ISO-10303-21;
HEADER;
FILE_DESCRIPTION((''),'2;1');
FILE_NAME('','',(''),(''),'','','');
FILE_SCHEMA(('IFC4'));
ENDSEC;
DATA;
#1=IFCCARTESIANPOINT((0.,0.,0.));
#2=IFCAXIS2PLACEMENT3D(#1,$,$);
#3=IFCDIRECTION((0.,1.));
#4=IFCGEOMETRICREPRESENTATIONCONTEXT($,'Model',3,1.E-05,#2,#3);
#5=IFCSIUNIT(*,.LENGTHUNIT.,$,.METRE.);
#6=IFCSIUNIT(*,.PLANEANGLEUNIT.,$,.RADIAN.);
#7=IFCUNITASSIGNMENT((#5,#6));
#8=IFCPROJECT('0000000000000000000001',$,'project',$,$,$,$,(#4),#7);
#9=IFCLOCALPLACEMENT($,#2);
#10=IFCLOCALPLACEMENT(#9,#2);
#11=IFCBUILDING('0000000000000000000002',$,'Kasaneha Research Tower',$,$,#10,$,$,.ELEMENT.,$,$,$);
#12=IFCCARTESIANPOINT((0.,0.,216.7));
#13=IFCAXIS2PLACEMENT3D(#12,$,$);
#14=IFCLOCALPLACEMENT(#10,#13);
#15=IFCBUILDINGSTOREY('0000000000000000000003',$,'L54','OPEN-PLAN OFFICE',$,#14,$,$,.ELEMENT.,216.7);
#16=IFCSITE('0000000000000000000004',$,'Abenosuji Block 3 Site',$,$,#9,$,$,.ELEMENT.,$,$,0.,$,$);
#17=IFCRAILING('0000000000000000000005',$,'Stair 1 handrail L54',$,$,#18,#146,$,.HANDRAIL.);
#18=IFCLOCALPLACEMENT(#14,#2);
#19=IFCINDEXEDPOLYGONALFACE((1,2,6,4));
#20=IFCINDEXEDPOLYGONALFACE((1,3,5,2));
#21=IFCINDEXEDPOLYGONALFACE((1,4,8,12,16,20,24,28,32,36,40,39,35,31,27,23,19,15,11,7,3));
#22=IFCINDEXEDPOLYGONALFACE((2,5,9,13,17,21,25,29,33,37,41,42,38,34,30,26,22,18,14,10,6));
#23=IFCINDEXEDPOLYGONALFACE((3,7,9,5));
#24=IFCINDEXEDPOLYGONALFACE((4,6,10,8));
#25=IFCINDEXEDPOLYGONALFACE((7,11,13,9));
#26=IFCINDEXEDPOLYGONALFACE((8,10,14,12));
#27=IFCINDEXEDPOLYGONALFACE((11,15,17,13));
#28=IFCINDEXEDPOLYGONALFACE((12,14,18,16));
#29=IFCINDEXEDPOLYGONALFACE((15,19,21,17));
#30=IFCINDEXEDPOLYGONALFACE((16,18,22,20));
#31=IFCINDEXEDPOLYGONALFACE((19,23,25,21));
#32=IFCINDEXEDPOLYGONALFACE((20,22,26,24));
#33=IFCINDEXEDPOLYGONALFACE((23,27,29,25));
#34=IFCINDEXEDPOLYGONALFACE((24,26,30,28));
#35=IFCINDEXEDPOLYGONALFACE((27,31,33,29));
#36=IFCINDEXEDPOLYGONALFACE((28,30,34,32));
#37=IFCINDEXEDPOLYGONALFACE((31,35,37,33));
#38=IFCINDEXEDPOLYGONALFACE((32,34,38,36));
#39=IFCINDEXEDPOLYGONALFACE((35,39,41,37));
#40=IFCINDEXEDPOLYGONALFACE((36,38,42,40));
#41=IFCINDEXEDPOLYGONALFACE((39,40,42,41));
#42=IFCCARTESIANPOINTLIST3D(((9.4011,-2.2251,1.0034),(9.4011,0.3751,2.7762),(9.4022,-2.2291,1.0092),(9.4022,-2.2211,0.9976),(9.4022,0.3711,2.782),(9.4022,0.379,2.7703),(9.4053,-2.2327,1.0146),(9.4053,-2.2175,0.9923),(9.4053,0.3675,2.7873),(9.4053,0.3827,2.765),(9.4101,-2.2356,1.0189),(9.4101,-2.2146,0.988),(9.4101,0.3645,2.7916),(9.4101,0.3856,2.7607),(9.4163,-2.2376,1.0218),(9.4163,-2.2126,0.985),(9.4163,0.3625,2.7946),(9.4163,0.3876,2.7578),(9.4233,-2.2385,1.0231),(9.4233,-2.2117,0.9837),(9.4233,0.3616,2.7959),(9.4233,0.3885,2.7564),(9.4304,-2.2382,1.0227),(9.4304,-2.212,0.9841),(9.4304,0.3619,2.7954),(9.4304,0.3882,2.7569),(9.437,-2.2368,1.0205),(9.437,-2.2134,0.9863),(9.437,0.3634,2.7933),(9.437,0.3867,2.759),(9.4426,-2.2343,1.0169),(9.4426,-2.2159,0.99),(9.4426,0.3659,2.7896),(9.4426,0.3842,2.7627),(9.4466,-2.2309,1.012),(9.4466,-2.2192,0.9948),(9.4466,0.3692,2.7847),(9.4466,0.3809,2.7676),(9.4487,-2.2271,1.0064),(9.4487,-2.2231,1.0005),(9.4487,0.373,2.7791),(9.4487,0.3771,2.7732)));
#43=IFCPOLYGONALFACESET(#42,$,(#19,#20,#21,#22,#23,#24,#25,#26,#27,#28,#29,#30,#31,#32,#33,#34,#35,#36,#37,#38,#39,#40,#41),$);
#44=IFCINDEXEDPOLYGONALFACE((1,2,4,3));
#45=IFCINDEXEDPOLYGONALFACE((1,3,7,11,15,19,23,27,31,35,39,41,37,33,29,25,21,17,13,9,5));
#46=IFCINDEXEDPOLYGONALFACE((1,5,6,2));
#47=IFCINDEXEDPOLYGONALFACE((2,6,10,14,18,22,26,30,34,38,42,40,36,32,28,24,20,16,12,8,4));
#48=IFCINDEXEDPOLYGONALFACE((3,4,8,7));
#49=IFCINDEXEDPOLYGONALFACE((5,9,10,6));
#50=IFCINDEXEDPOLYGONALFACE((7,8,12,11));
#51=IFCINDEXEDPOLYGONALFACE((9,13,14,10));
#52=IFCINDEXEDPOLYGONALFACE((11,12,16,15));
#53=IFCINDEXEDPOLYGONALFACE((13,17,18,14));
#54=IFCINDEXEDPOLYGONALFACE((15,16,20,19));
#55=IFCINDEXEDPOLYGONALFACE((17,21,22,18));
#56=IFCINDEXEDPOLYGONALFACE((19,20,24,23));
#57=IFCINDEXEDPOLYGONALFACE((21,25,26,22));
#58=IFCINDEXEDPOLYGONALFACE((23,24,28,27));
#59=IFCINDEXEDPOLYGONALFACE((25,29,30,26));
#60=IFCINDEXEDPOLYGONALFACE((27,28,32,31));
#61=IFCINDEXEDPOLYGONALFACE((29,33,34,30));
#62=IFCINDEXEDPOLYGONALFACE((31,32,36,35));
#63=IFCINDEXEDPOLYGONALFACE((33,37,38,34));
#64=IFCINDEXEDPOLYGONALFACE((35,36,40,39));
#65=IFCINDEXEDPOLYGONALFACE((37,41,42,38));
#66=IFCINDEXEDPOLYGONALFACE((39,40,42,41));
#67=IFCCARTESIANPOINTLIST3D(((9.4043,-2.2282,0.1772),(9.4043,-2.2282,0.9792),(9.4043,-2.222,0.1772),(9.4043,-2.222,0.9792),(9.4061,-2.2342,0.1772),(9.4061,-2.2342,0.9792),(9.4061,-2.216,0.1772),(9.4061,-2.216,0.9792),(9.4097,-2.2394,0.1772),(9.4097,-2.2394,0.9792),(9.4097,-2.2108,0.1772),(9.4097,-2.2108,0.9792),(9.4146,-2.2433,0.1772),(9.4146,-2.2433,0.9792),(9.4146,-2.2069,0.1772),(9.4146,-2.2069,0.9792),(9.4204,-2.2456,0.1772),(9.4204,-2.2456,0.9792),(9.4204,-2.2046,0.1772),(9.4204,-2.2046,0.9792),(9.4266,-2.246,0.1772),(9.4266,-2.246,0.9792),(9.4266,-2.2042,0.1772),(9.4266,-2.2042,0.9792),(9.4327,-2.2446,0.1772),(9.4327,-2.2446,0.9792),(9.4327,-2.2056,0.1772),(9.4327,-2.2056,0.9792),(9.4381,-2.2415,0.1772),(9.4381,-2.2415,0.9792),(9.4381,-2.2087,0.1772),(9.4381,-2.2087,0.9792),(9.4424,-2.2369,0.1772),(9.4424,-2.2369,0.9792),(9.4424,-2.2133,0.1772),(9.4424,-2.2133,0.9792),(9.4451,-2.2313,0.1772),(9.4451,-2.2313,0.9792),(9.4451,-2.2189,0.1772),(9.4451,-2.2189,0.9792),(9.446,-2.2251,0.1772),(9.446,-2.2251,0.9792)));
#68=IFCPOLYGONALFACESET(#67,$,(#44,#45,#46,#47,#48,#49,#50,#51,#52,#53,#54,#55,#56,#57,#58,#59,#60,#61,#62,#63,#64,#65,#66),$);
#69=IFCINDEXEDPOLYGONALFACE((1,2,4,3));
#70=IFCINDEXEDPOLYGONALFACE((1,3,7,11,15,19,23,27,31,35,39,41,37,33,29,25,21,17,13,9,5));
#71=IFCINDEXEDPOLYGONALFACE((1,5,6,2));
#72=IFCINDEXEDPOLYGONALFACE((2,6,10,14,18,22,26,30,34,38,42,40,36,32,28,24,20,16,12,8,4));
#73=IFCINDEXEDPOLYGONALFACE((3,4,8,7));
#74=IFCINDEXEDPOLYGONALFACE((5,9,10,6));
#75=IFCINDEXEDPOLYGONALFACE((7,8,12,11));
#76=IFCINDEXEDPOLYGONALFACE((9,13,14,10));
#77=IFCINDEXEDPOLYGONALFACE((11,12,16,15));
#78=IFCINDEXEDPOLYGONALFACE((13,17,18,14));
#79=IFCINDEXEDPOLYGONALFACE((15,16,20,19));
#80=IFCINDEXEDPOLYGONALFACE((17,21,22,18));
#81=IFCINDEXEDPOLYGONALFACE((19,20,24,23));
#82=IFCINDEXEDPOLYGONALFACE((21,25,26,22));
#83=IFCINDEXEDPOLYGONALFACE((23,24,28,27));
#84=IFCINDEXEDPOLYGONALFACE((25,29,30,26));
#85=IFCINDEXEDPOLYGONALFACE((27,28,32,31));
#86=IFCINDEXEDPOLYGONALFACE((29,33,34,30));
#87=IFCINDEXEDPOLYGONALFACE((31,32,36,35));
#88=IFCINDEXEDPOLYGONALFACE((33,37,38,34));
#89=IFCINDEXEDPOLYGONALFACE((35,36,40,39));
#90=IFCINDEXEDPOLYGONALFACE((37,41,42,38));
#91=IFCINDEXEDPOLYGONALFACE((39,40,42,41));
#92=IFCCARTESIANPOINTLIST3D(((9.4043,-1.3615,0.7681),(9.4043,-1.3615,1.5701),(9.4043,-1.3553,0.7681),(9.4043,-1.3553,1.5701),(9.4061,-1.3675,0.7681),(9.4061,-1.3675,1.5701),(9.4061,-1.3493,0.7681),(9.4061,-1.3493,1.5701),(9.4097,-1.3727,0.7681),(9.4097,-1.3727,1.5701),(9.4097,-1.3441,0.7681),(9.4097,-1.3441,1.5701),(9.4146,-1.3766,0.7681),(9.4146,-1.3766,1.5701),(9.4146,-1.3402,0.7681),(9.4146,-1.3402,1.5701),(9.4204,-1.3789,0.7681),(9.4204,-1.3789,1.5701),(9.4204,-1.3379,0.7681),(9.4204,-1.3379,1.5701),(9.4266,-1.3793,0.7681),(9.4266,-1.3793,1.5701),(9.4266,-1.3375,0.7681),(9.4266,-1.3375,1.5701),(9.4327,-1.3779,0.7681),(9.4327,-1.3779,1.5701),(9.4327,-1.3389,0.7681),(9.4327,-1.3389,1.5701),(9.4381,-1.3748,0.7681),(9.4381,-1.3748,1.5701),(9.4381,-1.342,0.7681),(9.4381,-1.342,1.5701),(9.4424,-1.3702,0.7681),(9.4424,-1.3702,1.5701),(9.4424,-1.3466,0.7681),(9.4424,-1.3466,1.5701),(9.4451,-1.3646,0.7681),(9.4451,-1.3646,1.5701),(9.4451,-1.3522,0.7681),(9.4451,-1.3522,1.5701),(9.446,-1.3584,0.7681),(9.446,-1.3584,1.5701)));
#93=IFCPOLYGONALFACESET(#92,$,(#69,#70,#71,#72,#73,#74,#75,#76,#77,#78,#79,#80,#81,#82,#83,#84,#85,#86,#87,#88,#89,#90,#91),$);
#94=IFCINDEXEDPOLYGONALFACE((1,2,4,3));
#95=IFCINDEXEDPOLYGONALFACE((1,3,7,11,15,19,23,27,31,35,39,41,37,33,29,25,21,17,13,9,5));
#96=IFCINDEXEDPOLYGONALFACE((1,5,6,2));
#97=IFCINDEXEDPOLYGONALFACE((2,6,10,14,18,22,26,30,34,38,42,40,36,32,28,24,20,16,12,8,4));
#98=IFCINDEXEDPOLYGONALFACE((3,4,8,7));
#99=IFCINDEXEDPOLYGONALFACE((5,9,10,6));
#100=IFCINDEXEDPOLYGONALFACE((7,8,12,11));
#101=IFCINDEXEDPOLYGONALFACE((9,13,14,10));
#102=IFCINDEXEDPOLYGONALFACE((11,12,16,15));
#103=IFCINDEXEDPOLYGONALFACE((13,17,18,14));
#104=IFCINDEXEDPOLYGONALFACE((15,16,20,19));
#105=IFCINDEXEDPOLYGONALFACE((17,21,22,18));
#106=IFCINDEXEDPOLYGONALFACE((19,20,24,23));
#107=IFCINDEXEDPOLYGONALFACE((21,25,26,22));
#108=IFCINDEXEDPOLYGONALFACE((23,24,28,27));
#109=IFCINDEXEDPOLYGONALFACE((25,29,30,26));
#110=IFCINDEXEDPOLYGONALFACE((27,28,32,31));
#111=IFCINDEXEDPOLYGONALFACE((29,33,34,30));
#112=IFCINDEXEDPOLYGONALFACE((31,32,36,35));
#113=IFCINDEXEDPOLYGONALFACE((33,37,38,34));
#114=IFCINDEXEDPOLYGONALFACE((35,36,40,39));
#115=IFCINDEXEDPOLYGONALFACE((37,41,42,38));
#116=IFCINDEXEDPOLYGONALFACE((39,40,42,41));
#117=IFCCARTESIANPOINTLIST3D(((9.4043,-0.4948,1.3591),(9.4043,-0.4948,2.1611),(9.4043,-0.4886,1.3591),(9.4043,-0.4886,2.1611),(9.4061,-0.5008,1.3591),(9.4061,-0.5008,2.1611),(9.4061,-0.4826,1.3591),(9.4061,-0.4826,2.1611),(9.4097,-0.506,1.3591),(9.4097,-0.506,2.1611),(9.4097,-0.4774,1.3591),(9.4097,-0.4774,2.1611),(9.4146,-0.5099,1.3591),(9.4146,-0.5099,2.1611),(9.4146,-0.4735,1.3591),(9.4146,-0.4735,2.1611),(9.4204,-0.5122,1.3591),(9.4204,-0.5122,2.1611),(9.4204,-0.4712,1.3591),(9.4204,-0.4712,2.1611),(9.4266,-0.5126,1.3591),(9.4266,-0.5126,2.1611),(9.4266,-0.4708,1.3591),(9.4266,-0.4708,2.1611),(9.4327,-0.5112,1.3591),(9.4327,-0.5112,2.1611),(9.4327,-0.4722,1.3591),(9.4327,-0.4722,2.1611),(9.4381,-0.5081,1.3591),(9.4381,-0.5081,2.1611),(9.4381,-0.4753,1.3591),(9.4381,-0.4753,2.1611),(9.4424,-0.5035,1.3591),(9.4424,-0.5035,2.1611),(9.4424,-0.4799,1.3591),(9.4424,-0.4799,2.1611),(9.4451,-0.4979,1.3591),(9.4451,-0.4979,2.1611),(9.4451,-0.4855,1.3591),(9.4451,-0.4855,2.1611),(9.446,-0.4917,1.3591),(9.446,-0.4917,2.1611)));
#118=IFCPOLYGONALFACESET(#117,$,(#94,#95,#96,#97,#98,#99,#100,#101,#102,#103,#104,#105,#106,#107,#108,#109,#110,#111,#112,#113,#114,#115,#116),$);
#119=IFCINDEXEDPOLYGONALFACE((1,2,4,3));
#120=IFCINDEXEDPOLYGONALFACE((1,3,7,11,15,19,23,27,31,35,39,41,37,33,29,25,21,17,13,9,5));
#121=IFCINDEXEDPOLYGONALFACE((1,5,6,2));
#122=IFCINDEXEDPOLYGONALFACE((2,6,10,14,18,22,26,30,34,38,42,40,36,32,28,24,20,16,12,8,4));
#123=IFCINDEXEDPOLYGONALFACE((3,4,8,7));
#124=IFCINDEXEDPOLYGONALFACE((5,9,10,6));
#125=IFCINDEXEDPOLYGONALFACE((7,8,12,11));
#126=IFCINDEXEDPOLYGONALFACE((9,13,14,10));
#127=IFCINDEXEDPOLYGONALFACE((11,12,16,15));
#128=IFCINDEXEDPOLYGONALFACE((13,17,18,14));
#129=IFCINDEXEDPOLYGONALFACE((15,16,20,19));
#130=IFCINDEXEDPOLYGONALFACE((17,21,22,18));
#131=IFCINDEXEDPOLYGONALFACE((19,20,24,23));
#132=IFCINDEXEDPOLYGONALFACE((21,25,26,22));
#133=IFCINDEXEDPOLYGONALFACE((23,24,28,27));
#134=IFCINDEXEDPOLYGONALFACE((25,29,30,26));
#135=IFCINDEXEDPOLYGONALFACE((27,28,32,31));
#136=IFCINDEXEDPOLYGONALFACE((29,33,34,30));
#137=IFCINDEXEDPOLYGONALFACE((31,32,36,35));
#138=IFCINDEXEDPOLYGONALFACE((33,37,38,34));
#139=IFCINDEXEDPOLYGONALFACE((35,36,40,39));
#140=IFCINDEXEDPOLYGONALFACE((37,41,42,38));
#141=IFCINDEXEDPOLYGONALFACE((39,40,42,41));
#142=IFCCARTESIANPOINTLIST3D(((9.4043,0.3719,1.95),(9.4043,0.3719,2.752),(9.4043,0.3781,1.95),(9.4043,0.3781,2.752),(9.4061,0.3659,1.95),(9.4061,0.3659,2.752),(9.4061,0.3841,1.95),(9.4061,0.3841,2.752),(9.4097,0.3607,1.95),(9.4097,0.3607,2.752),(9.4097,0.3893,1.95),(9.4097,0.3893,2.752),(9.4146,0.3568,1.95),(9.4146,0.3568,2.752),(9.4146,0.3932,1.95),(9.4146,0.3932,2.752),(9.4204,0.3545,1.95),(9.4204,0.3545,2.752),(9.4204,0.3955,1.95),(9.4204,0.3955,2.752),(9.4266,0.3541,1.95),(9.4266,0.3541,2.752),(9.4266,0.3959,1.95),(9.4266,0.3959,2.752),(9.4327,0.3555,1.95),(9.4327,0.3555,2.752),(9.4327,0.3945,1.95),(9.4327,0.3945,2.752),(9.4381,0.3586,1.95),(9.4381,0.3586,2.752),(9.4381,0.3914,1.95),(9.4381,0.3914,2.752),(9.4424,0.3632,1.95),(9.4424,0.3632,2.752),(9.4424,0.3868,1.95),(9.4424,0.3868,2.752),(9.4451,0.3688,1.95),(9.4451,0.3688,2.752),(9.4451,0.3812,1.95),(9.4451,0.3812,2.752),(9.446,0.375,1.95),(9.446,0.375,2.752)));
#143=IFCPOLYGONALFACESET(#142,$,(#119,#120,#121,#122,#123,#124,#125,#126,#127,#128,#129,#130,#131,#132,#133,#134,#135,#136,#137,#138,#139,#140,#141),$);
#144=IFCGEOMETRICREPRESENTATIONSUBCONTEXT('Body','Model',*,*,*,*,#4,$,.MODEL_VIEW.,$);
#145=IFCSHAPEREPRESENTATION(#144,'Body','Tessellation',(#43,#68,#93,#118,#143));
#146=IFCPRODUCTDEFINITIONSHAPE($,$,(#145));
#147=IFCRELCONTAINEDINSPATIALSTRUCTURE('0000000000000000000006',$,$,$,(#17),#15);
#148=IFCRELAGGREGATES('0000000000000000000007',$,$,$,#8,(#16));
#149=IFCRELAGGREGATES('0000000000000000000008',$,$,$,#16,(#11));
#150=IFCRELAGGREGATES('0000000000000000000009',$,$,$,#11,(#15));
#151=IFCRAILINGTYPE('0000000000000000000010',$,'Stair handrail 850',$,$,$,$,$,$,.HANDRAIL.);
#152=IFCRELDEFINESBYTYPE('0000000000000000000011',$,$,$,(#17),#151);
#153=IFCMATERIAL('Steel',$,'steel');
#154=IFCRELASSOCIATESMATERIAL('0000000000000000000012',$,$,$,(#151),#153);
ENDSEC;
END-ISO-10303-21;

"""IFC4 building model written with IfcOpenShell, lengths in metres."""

from ifc_helpers import new_model, si_unit, direction, frame, origin, origin_2d, place, context, subcontext, project, spatial, circle, extrude, material, type_object, element, save


model = new_model("IFC4")

# Units and contexts
model_context = context("Model", 3, precision=1e-05, world=origin(), true_north=direction((0.0, 1.0)))
body_context = subcontext(model_context, "Body", "Model", "MODEL_VIEW")
ifc_project = project(units=[si_unit("LENGTHUNIT", "METRE"), si_unit("PLANEANGLEUNIT", "RADIAN")], contexts=[model_context])

# Site, building, storey
site_placement = place(None, origin())
site = spatial("IfcSite", under=ifc_project, at=site_placement, Name="Abenosuji Block 3 Site", CompositionType="ELEMENT", RefElevation=0.0)
building_placement = place(site_placement, origin())
building = spatial("IfcBuilding", under=site, at=building_placement, Name="Kasaneha Research Tower", CompositionType="ELEMENT")
storey_placement = place(building_placement, frame((0.0, 0.0, 216.7)))
storey = spatial("IfcBuildingStorey", under=building, at=storey_placement, Name="L54", Description="OPEN-PLAN OFFICE", CompositionType="ELEMENT", Elevation=216.7)

# Railing
ifc_material_1 = material(Name="Steel", Category="steel")
railing_type_1 = type_object("IfcRailingType", Name="Stair handrail 850", PredefinedType="HANDRAIL", material=ifc_material_1)
railing_1_placement = place(storey_placement, frame((9.425, -2.2251, 0.1772)))
element("IfcRailing", 1, at=railing_1_placement, inside=storey, type_object=railing_type_1, Name="Stair 1 handrail L54", PredefinedType="HANDRAIL", context=body_context, shape_type="SweptSolid", body=[
    extrude(circle(Radius=0.0239, at=origin_2d()), frame((0.0, 0.0, 0.8262), z_axis=(0.0, 0.82624, 0.563318), x_axis=(-1.0, 0.0, 0.0)), (0.0, 0.0, 1.0), 3.147),
    extrude(circle(Radius=0.021, at=origin_2d()), origin(), (0.0, 0.0, 1.0), 0.802),
    extrude(circle(Radius=0.021, at=origin_2d()), frame((0.0, 0.8667, 0.5908)), (0.0, 0.0, 1.0), 0.802),
    extrude(circle(Radius=0.021, at=origin_2d()), frame((0.0, 1.7334, 1.1819)), (0.0, 0.0, 1.0), 0.802),
    extrude(circle(Radius=0.021, at=origin_2d()), frame((0.0, 2.6001, 1.7727)), (0.0, 0.0, 1.0), 0.802),
])

save(model, "model.ifc")
